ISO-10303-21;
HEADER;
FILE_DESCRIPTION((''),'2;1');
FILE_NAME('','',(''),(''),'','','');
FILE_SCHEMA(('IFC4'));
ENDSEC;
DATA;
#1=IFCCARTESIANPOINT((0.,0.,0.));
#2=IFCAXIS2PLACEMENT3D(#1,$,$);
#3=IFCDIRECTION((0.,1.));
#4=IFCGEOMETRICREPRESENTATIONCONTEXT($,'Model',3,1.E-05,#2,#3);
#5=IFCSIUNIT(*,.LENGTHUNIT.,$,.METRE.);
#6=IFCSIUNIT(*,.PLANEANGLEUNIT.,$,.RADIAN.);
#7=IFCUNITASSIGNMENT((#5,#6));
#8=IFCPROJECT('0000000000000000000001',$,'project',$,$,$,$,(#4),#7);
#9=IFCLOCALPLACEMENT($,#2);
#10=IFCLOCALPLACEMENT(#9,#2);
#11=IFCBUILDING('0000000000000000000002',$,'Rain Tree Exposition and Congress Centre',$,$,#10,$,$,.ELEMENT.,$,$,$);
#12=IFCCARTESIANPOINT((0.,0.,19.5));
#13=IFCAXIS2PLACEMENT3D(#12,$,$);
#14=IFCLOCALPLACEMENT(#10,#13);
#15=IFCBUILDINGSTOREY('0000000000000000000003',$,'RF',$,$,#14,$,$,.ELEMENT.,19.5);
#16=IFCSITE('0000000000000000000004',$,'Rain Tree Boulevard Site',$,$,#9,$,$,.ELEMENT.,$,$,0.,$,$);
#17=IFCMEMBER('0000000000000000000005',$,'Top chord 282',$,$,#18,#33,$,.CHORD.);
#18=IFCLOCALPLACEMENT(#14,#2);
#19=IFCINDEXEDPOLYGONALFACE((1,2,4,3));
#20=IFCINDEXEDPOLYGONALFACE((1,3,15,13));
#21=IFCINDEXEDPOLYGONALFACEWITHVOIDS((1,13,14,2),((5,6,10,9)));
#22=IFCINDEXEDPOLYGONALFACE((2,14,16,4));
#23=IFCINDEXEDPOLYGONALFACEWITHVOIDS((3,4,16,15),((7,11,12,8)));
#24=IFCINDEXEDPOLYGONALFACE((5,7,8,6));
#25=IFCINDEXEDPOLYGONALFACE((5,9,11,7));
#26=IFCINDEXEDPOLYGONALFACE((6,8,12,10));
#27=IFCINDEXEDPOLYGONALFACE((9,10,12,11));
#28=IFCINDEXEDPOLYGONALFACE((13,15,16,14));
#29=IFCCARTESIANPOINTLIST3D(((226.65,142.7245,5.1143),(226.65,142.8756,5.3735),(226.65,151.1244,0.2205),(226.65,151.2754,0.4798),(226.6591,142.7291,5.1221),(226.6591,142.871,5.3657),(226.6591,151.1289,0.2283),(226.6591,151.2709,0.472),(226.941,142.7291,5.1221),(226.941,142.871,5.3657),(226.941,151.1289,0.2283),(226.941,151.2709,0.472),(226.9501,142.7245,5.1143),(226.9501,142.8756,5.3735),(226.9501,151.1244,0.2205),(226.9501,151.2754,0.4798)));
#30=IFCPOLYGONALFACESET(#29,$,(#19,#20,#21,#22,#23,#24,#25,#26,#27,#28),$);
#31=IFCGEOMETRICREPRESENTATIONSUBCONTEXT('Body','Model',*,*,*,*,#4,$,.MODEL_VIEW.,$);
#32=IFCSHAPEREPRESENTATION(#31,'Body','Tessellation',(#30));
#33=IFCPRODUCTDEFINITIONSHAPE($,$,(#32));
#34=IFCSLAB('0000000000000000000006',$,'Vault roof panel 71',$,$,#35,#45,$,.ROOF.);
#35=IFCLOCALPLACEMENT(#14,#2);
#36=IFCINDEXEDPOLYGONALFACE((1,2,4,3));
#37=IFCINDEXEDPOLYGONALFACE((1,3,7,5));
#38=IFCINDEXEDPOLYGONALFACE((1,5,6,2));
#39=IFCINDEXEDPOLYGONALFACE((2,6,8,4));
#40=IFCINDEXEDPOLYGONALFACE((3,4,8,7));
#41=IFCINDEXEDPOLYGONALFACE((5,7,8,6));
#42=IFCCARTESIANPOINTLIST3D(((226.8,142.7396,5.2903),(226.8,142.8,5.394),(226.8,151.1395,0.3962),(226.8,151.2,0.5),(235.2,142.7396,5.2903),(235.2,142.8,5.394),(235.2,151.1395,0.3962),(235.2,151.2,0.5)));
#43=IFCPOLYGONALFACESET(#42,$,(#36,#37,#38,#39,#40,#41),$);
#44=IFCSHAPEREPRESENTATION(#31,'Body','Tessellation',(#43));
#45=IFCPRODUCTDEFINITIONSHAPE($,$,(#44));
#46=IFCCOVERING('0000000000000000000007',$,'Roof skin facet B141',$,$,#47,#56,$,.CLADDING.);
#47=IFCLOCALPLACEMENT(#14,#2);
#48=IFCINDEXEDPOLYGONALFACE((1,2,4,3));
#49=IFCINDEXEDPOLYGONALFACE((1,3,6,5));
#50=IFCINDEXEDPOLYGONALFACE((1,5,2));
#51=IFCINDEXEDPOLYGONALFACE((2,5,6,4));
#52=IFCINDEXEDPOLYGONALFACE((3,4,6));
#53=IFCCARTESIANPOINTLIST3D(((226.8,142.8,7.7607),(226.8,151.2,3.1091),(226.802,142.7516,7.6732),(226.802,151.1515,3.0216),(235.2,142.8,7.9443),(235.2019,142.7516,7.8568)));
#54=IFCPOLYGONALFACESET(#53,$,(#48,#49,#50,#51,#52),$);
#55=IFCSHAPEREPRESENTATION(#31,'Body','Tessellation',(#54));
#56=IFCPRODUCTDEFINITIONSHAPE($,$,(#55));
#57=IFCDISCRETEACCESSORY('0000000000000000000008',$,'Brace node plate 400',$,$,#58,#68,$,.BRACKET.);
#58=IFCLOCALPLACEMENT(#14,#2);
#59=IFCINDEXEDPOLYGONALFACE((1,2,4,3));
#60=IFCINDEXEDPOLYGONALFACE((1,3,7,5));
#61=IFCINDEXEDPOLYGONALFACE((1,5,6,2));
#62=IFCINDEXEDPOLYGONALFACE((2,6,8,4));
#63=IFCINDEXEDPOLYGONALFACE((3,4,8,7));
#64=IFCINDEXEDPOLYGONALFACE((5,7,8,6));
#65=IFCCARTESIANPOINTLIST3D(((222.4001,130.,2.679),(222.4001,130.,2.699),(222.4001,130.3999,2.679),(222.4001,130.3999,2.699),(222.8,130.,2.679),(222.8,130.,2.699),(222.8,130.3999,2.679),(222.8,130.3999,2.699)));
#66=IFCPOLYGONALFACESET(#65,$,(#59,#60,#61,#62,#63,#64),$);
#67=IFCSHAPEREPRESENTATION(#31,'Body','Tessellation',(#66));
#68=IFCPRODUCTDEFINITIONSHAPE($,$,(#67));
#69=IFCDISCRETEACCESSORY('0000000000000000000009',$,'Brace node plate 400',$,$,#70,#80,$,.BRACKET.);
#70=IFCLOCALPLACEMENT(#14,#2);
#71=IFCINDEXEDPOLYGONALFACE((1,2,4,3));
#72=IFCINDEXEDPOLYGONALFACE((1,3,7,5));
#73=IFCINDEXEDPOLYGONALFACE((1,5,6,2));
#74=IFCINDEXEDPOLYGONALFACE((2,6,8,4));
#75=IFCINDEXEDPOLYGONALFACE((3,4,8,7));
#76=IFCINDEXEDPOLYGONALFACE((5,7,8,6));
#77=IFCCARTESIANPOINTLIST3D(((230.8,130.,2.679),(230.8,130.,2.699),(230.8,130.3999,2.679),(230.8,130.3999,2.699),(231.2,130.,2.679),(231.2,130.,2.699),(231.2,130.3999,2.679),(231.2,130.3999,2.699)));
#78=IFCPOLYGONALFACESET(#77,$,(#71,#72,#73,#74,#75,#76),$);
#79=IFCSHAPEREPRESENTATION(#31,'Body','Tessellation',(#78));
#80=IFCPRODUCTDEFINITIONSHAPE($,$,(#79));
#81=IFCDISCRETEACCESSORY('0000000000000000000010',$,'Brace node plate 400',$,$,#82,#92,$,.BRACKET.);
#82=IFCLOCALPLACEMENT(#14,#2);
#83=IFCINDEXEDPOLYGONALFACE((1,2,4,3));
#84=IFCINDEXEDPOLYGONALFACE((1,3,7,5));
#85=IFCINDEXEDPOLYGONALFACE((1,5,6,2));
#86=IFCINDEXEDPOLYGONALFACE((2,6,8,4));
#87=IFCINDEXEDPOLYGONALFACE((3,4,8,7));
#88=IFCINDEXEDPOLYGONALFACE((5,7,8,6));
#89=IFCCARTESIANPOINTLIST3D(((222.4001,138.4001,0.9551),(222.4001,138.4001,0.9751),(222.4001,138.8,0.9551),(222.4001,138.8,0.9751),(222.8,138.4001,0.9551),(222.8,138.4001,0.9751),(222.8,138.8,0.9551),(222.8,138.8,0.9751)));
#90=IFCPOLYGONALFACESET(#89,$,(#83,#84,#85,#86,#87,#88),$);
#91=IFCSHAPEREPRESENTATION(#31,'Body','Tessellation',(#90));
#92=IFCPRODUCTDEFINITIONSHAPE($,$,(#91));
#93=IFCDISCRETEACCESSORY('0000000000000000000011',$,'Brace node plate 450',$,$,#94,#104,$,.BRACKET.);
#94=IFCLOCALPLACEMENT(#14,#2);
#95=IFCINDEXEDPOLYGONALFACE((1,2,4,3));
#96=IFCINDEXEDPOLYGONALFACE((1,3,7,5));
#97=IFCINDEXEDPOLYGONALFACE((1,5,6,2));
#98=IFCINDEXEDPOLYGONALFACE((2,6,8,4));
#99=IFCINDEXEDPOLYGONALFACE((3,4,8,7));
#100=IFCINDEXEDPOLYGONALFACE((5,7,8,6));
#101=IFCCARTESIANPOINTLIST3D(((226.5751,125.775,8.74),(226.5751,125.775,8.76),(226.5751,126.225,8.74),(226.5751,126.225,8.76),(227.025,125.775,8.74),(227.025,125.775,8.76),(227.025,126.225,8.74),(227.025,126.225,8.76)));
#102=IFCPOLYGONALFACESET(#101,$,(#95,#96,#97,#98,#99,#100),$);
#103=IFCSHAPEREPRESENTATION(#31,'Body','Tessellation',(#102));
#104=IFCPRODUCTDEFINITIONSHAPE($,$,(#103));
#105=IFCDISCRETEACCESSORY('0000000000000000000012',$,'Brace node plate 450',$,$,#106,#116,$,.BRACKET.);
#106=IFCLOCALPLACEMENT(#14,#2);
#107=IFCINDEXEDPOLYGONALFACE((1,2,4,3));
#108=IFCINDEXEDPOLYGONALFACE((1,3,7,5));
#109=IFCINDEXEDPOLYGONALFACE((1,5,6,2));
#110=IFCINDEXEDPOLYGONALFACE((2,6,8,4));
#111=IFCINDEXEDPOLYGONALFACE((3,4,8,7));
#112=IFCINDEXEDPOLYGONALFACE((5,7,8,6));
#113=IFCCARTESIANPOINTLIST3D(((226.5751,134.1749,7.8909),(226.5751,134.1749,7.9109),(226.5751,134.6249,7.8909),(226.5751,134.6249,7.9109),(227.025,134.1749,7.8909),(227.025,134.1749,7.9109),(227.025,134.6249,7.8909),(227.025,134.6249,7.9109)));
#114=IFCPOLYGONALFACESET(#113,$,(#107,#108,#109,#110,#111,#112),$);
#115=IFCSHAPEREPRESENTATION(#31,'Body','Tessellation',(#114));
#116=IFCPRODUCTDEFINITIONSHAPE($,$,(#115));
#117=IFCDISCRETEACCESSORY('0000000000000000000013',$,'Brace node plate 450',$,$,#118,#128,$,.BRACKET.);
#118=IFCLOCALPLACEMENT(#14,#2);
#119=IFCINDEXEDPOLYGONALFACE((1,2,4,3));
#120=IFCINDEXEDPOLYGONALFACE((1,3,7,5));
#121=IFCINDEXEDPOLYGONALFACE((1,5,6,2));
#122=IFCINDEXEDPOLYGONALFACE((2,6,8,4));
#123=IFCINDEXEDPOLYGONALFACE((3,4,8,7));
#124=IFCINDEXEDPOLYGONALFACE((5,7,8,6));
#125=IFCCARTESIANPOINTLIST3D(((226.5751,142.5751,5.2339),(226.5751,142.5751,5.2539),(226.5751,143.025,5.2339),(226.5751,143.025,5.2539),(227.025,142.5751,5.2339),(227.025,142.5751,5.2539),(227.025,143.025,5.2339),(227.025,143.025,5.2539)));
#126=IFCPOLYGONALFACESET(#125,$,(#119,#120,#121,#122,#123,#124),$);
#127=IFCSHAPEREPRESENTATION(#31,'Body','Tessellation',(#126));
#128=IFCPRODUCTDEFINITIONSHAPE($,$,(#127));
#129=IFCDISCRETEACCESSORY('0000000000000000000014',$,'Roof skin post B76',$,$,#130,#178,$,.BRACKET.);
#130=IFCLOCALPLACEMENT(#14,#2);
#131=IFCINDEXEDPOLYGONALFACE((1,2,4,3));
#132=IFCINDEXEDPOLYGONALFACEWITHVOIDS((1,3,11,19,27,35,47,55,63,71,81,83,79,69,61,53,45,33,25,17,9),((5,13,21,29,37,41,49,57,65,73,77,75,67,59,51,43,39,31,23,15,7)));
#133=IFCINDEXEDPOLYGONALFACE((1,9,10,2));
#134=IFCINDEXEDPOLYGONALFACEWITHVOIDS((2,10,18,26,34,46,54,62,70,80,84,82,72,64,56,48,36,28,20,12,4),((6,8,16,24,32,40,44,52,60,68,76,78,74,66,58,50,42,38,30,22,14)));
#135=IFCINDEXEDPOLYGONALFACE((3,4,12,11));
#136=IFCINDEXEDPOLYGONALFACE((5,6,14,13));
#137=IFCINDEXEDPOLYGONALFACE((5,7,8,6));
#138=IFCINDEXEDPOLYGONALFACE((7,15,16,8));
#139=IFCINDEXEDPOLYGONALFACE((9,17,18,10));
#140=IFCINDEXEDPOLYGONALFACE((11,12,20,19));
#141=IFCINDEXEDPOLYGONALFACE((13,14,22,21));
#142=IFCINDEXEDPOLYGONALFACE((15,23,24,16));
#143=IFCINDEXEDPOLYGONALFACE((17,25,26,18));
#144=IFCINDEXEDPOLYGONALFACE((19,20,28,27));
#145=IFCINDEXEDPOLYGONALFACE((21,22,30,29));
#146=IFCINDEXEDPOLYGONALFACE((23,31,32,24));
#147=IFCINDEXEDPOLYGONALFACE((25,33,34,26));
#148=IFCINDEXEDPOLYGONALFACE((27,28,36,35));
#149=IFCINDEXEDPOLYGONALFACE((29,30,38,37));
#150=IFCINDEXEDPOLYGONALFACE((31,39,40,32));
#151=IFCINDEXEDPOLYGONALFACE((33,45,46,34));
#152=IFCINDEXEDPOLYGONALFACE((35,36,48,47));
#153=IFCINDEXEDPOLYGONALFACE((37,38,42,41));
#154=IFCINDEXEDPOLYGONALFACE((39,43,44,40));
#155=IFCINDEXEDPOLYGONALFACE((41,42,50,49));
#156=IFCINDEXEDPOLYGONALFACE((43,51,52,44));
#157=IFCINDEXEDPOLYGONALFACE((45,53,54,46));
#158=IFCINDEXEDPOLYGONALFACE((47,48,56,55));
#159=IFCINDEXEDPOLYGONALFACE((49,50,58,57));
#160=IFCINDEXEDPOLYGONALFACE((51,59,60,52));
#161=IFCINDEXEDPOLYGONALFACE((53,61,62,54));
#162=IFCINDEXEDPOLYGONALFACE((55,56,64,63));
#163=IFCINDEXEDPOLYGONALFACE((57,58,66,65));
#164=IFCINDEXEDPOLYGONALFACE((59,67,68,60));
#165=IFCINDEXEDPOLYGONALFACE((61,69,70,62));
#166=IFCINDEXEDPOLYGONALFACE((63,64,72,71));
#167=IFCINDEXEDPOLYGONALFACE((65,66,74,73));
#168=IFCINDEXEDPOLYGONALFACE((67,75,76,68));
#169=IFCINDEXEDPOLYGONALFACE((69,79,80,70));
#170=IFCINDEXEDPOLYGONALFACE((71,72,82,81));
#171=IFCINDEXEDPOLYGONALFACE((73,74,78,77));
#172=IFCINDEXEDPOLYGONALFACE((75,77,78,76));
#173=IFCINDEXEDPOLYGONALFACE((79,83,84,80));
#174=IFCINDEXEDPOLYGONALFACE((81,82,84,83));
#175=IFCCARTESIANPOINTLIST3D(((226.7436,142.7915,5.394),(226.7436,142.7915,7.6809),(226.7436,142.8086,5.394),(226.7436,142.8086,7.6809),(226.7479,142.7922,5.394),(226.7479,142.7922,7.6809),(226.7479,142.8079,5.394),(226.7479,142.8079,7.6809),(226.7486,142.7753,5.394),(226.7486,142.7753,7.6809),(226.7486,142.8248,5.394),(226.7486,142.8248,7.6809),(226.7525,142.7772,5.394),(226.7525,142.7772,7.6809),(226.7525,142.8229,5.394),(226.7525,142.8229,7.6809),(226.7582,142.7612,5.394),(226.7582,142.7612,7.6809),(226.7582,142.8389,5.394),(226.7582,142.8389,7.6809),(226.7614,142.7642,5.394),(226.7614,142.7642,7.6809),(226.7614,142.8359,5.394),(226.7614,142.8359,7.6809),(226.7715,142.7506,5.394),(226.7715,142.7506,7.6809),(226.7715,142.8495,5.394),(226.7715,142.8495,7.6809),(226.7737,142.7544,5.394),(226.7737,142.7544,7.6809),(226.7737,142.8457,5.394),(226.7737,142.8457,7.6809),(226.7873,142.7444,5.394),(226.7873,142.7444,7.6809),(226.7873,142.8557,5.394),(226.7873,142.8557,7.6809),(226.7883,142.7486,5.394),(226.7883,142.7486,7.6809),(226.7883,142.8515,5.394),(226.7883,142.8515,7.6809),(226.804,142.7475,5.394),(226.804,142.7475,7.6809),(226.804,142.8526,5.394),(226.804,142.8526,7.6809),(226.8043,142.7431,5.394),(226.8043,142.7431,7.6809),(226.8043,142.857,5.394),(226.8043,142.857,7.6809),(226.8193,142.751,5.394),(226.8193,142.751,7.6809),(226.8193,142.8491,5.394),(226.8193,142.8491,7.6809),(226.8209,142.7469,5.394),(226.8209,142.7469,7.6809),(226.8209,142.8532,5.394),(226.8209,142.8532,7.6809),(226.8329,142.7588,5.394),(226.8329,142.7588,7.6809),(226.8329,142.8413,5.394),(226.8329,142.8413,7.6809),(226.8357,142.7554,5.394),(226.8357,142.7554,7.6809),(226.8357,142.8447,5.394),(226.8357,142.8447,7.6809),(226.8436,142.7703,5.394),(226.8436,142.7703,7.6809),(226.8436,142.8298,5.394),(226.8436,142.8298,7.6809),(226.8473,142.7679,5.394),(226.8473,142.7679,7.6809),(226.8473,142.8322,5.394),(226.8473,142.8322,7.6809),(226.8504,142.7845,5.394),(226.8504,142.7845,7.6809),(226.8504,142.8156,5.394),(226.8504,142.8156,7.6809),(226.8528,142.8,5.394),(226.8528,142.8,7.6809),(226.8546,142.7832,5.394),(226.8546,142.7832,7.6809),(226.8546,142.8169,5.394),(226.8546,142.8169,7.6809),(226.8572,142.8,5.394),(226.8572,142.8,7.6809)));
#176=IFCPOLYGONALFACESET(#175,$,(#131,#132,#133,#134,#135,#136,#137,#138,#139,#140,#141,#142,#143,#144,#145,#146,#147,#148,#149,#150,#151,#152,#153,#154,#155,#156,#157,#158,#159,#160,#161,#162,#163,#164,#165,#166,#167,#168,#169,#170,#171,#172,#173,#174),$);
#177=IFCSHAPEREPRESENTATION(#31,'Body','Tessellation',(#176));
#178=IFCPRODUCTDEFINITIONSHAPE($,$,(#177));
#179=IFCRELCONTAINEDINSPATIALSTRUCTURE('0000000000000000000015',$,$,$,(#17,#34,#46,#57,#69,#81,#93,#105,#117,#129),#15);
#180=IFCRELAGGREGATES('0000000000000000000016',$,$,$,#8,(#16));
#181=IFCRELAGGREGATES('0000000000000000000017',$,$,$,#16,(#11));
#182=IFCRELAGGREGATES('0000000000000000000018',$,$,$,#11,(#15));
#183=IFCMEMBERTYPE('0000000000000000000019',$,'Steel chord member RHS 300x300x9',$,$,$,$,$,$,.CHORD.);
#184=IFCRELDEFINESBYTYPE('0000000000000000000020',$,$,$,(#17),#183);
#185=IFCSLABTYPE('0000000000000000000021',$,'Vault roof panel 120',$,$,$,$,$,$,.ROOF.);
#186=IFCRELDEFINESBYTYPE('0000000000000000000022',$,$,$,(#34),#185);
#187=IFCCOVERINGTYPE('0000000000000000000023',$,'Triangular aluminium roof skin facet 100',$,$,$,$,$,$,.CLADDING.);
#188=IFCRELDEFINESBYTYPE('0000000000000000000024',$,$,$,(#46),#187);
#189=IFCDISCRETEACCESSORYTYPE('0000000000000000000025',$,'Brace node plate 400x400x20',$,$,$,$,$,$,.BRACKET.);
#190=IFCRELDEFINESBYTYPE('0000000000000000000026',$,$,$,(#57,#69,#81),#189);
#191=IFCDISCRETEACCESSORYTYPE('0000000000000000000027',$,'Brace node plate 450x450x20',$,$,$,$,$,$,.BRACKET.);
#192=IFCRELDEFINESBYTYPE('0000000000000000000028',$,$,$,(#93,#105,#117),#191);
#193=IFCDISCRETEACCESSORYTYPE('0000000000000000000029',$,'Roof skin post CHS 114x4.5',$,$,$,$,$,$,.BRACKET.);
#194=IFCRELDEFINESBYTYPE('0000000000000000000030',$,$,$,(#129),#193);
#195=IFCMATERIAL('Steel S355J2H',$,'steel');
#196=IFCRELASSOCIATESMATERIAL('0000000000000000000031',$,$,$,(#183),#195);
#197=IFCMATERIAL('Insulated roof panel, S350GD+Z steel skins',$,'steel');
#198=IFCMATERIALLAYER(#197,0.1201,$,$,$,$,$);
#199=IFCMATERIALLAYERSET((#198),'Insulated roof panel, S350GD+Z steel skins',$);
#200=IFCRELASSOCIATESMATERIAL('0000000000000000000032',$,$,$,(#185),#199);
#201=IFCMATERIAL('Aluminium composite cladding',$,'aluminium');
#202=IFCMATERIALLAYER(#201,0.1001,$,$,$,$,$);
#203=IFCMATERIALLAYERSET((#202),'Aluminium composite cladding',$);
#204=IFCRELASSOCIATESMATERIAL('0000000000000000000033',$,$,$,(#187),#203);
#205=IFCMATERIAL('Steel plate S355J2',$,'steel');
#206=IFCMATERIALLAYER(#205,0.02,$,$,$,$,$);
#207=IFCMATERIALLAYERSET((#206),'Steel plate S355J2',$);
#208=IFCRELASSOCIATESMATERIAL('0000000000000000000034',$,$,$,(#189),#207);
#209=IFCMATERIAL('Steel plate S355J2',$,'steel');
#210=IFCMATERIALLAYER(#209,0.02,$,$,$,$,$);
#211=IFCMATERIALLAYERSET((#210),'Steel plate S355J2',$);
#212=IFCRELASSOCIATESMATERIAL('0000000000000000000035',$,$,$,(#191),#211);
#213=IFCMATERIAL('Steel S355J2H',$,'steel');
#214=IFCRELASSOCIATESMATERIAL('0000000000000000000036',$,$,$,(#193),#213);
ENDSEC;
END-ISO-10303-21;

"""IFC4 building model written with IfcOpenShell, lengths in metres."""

from ifc_helpers import new_model, si_unit, direction, frame, origin, origin_2d, place, context, subcontext, project, spatial, polyline, rectangle, hollow_rectangle, hollow_circle, outline, extrude, material, layer, layer_set, material_profile, profile_set, type_object, element, save


model = new_model("IFC4")

# Units and contexts
model_context = context("Model", 3, precision=1e-05, world=origin(), true_north=direction((0.0, 1.0)))
body_context = subcontext(model_context, "Body", "Model", "MODEL_VIEW")
ifc_project = project(units=[si_unit("LENGTHUNIT", "METRE"), si_unit("PLANEANGLEUNIT", "RADIAN")], contexts=[model_context])

# Site, building, storey
site_placement = place(None, origin())
site = spatial("IfcSite", under=ifc_project, at=site_placement, Name="Rain Tree Boulevard Site", CompositionType="ELEMENT", RefElevation=0.0)
building_placement = place(site_placement, origin())
building = spatial("IfcBuilding", under=site, at=building_placement, Name="Rain Tree Exposition and Congress Centre", CompositionType="ELEMENT")
storey_placement = place(building_placement, frame((0.0, 0.0, 19.5)))
storey = spatial("IfcBuildingStorey", under=building, at=storey_placement, Name="RF", CompositionType="ELEMENT", Elevation=19.5)

# Member
ifc_material_1 = material(Name="Steel S355J2H", Category="steel")
ifc_material_profile_1 = material_profile(ifc_material_1, hollow_rectangle(XDim=0.3, YDim=0.3, WallThickness=0.009, at=origin_2d()), Name="RHS 300x300x9")
ifc_profile_set_1 = profile_set([ifc_material_profile_1], Name="Steel S355J2H")
member_type_1 = type_object("IfcMemberType", Name="Steel chord member RHS 300x300x9", PredefinedType="CHORD", material=ifc_profile_set_1)
member_1_placement = place(storey_placement, frame((226.8, 142.8, 5.2439), z_axis=(0.0, 0.864054, -0.503399), x_axis=(-1.0, 0.0, 0.0)))
element("IfcMember", 1, at=member_1_placement, inside=storey, type_object=member_type_1, Name="Top chord 282", PredefinedType="CHORD", context=body_context, shape_type="SweptSolid", body=[
    extrude(hollow_rectangle(XDim=0.3, YDim=0.3, WallThickness=0.009, at=origin_2d()), origin(), (0.0, 0.0, 1.0), 9.7214),
])

# Slab
ifc_material_2 = material(Name="Insulated roof panel, S350GD+Z steel skins", Category="steel")
ifc_layer_1 = layer(ifc_material_2, 0.1201)
ifc_layer_set_1 = layer_set([ifc_layer_1], Name="Insulated roof panel, S350GD+Z steel skins")
slab_type = type_object("IfcSlabType", Name="Vault roof panel 120", PredefinedType="ROOF", material=ifc_layer_set_1)
slab_placement = place(storey_placement, frame((226.8, 142.8, 5.394), z_axis=(0.0, 0.503418, 0.864043), x_axis=(1.0, 0.0, 0.0)))
element("IfcSlab", 2, at=slab_placement, inside=storey, type_object=slab_type, Name="Vault roof panel 71", PredefinedType="ROOF", context=body_context, shape_type="SweptSolid", body=[
    extrude(outline(polyline([(0.0, 0.0), (8.3999, 0.0), (8.3999, 9.7216), (0.0, 9.7216), (0.0, 0.0)])), origin(), (0.0, 0.0, -1.0), 0.1201),
])

# Covering
ifc_material_3 = material(Name="Aluminium composite cladding", Category="aluminium")
ifc_layer_2 = layer(ifc_material_3, 0.1001)
ifc_layer_set_2 = layer_set([ifc_layer_2], Name="Aluminium composite cladding")
covering_type = type_object("IfcCoveringType", Name="Triangular aluminium roof skin facet 100", PredefinedType="CLADDING", material=ifc_layer_set_2)
covering_placement = place(storey_placement, frame((226.8, 142.8, 7.7607), z_axis=(-0.019117, 0.48436, 0.87466), x_axis=(0.999761, 0.0, 0.021851)))
element("IfcCovering", 3, at=covering_placement, inside=storey, type_object=covering_type, Name="Roof skin facet B141", PredefinedType="CLADDING", context=body_context, shape_type="SweptSolid", body=[
    extrude(outline(polyline([(0.0, 0.0), (8.4019, 0.0), (-0.1016, 9.6013), (0.0, 0.0)])), origin(), (0.0, 0.0, -1.0), 0.1001),
])

# Discrete accessories
ifc_material_4 = material(Name="Steel plate S355J2", Category="steel")
ifc_layer_3 = layer(ifc_material_4, 0.02)
ifc_layer_set_3 = layer_set([ifc_layer_3], Name="Steel plate S355J2")
discrete_accessory_type_1 = type_object("IfcDiscreteAccessoryType", Name="Brace node plate 400x400x20", PredefinedType="BRACKET", material=ifc_layer_set_3)
for number, where, z_axis, x_axis, name in (
    (4, (222.6001, 130.2, 2.679), (0.0, 0.0, 1.0), (1.0, 0.0, 0.0), "Brace node plate 400"),
    (5, (231.0, 130.2, 2.679), (0.0, 0.0, 1.0), (1.0, 0.0, 0.0), "Brace node plate 400"),
    (6, (222.6001, 138.6001, 0.9551), (0.0, 0.0, 1.0), (1.0, 0.0, 0.0), "Brace node plate 400"),
):
    element("IfcDiscreteAccessory", number, at=place(storey_placement, frame(where, z_axis=z_axis, x_axis=x_axis)), inside=storey, type_object=discrete_accessory_type_1, Name=name, PredefinedType="BRACKET", context=body_context, shape_type="SweptSolid", body=[
        extrude(rectangle(XDim=0.3999, YDim=0.3999, at=origin_2d()), origin(), (0.0, 0.0, 1.0), 0.02),
    ])
ifc_material_5 = material(Name="Steel plate S355J2", Category="steel")
ifc_layer_4 = layer(ifc_material_5, 0.02)
ifc_layer_set_4 = layer_set([ifc_layer_4], Name="Steel plate S355J2")
discrete_accessory_type_2 = type_object("IfcDiscreteAccessoryType", Name="Brace node plate 450x450x20", PredefinedType="BRACKET", material=ifc_layer_set_4)
for number, where, z_axis, x_axis, name in (
    (7, (226.8, 126.0, 8.74), (0.0, 0.0, 1.0), (1.0, 0.0, 0.0), "Brace node plate 450"),
    (8, (226.8, 134.3999, 7.8909), (0.0, 0.0, 1.0), (1.0, 0.0, 0.0), "Brace node plate 450"),
    (9, (226.8, 142.8, 5.2339), (0.0, 0.0, 1.0), (1.0, 0.0, 0.0), "Brace node plate 450"),
):
    element("IfcDiscreteAccessory", number, at=place(storey_placement, frame(where, z_axis=z_axis, x_axis=x_axis)), inside=storey, type_object=discrete_accessory_type_2, Name=name, PredefinedType="BRACKET", context=body_context, shape_type="SweptSolid", body=[
        extrude(rectangle(XDim=0.45, YDim=0.45, at=origin_2d()), origin(), (0.0, 0.0, 1.0), 0.02),
    ])
ifc_material_6 = material(Name="Steel S355J2H", Category="steel")
ifc_material_profile_2 = material_profile(ifc_material_6, hollow_circle(Radius=0.0571, WallThickness=0.0044, at=origin_2d()), Name="CHS 114x4.5")
ifc_profile_set_2 = profile_set([ifc_material_profile_2], Name="Steel S355J2H")
discrete_accessory_type_3 = type_object("IfcDiscreteAccessoryType", Name="Roof skin post CHS 114x4.5", PredefinedType="BRACKET", material=ifc_profile_set_2)
discrete_accessory_placement = place(storey_placement, frame((226.8, 142.8, 5.394), z_axis=(0.0, 0.0, 1.0), x_axis=(1.0, 0.0, 0.0)))
element("IfcDiscreteAccessory", 10, at=discrete_accessory_placement, inside=storey, type_object=discrete_accessory_type_3, Name="Roof skin post B76", PredefinedType="BRACKET", context=body_context, shape_type="SweptSolid", body=[
    extrude(hollow_circle(Radius=0.0571, WallThickness=0.0044, at=origin_2d()), origin(), (0.0, 0.0, 1.0), 2.2869),
])

save(model, "model.ifc")
